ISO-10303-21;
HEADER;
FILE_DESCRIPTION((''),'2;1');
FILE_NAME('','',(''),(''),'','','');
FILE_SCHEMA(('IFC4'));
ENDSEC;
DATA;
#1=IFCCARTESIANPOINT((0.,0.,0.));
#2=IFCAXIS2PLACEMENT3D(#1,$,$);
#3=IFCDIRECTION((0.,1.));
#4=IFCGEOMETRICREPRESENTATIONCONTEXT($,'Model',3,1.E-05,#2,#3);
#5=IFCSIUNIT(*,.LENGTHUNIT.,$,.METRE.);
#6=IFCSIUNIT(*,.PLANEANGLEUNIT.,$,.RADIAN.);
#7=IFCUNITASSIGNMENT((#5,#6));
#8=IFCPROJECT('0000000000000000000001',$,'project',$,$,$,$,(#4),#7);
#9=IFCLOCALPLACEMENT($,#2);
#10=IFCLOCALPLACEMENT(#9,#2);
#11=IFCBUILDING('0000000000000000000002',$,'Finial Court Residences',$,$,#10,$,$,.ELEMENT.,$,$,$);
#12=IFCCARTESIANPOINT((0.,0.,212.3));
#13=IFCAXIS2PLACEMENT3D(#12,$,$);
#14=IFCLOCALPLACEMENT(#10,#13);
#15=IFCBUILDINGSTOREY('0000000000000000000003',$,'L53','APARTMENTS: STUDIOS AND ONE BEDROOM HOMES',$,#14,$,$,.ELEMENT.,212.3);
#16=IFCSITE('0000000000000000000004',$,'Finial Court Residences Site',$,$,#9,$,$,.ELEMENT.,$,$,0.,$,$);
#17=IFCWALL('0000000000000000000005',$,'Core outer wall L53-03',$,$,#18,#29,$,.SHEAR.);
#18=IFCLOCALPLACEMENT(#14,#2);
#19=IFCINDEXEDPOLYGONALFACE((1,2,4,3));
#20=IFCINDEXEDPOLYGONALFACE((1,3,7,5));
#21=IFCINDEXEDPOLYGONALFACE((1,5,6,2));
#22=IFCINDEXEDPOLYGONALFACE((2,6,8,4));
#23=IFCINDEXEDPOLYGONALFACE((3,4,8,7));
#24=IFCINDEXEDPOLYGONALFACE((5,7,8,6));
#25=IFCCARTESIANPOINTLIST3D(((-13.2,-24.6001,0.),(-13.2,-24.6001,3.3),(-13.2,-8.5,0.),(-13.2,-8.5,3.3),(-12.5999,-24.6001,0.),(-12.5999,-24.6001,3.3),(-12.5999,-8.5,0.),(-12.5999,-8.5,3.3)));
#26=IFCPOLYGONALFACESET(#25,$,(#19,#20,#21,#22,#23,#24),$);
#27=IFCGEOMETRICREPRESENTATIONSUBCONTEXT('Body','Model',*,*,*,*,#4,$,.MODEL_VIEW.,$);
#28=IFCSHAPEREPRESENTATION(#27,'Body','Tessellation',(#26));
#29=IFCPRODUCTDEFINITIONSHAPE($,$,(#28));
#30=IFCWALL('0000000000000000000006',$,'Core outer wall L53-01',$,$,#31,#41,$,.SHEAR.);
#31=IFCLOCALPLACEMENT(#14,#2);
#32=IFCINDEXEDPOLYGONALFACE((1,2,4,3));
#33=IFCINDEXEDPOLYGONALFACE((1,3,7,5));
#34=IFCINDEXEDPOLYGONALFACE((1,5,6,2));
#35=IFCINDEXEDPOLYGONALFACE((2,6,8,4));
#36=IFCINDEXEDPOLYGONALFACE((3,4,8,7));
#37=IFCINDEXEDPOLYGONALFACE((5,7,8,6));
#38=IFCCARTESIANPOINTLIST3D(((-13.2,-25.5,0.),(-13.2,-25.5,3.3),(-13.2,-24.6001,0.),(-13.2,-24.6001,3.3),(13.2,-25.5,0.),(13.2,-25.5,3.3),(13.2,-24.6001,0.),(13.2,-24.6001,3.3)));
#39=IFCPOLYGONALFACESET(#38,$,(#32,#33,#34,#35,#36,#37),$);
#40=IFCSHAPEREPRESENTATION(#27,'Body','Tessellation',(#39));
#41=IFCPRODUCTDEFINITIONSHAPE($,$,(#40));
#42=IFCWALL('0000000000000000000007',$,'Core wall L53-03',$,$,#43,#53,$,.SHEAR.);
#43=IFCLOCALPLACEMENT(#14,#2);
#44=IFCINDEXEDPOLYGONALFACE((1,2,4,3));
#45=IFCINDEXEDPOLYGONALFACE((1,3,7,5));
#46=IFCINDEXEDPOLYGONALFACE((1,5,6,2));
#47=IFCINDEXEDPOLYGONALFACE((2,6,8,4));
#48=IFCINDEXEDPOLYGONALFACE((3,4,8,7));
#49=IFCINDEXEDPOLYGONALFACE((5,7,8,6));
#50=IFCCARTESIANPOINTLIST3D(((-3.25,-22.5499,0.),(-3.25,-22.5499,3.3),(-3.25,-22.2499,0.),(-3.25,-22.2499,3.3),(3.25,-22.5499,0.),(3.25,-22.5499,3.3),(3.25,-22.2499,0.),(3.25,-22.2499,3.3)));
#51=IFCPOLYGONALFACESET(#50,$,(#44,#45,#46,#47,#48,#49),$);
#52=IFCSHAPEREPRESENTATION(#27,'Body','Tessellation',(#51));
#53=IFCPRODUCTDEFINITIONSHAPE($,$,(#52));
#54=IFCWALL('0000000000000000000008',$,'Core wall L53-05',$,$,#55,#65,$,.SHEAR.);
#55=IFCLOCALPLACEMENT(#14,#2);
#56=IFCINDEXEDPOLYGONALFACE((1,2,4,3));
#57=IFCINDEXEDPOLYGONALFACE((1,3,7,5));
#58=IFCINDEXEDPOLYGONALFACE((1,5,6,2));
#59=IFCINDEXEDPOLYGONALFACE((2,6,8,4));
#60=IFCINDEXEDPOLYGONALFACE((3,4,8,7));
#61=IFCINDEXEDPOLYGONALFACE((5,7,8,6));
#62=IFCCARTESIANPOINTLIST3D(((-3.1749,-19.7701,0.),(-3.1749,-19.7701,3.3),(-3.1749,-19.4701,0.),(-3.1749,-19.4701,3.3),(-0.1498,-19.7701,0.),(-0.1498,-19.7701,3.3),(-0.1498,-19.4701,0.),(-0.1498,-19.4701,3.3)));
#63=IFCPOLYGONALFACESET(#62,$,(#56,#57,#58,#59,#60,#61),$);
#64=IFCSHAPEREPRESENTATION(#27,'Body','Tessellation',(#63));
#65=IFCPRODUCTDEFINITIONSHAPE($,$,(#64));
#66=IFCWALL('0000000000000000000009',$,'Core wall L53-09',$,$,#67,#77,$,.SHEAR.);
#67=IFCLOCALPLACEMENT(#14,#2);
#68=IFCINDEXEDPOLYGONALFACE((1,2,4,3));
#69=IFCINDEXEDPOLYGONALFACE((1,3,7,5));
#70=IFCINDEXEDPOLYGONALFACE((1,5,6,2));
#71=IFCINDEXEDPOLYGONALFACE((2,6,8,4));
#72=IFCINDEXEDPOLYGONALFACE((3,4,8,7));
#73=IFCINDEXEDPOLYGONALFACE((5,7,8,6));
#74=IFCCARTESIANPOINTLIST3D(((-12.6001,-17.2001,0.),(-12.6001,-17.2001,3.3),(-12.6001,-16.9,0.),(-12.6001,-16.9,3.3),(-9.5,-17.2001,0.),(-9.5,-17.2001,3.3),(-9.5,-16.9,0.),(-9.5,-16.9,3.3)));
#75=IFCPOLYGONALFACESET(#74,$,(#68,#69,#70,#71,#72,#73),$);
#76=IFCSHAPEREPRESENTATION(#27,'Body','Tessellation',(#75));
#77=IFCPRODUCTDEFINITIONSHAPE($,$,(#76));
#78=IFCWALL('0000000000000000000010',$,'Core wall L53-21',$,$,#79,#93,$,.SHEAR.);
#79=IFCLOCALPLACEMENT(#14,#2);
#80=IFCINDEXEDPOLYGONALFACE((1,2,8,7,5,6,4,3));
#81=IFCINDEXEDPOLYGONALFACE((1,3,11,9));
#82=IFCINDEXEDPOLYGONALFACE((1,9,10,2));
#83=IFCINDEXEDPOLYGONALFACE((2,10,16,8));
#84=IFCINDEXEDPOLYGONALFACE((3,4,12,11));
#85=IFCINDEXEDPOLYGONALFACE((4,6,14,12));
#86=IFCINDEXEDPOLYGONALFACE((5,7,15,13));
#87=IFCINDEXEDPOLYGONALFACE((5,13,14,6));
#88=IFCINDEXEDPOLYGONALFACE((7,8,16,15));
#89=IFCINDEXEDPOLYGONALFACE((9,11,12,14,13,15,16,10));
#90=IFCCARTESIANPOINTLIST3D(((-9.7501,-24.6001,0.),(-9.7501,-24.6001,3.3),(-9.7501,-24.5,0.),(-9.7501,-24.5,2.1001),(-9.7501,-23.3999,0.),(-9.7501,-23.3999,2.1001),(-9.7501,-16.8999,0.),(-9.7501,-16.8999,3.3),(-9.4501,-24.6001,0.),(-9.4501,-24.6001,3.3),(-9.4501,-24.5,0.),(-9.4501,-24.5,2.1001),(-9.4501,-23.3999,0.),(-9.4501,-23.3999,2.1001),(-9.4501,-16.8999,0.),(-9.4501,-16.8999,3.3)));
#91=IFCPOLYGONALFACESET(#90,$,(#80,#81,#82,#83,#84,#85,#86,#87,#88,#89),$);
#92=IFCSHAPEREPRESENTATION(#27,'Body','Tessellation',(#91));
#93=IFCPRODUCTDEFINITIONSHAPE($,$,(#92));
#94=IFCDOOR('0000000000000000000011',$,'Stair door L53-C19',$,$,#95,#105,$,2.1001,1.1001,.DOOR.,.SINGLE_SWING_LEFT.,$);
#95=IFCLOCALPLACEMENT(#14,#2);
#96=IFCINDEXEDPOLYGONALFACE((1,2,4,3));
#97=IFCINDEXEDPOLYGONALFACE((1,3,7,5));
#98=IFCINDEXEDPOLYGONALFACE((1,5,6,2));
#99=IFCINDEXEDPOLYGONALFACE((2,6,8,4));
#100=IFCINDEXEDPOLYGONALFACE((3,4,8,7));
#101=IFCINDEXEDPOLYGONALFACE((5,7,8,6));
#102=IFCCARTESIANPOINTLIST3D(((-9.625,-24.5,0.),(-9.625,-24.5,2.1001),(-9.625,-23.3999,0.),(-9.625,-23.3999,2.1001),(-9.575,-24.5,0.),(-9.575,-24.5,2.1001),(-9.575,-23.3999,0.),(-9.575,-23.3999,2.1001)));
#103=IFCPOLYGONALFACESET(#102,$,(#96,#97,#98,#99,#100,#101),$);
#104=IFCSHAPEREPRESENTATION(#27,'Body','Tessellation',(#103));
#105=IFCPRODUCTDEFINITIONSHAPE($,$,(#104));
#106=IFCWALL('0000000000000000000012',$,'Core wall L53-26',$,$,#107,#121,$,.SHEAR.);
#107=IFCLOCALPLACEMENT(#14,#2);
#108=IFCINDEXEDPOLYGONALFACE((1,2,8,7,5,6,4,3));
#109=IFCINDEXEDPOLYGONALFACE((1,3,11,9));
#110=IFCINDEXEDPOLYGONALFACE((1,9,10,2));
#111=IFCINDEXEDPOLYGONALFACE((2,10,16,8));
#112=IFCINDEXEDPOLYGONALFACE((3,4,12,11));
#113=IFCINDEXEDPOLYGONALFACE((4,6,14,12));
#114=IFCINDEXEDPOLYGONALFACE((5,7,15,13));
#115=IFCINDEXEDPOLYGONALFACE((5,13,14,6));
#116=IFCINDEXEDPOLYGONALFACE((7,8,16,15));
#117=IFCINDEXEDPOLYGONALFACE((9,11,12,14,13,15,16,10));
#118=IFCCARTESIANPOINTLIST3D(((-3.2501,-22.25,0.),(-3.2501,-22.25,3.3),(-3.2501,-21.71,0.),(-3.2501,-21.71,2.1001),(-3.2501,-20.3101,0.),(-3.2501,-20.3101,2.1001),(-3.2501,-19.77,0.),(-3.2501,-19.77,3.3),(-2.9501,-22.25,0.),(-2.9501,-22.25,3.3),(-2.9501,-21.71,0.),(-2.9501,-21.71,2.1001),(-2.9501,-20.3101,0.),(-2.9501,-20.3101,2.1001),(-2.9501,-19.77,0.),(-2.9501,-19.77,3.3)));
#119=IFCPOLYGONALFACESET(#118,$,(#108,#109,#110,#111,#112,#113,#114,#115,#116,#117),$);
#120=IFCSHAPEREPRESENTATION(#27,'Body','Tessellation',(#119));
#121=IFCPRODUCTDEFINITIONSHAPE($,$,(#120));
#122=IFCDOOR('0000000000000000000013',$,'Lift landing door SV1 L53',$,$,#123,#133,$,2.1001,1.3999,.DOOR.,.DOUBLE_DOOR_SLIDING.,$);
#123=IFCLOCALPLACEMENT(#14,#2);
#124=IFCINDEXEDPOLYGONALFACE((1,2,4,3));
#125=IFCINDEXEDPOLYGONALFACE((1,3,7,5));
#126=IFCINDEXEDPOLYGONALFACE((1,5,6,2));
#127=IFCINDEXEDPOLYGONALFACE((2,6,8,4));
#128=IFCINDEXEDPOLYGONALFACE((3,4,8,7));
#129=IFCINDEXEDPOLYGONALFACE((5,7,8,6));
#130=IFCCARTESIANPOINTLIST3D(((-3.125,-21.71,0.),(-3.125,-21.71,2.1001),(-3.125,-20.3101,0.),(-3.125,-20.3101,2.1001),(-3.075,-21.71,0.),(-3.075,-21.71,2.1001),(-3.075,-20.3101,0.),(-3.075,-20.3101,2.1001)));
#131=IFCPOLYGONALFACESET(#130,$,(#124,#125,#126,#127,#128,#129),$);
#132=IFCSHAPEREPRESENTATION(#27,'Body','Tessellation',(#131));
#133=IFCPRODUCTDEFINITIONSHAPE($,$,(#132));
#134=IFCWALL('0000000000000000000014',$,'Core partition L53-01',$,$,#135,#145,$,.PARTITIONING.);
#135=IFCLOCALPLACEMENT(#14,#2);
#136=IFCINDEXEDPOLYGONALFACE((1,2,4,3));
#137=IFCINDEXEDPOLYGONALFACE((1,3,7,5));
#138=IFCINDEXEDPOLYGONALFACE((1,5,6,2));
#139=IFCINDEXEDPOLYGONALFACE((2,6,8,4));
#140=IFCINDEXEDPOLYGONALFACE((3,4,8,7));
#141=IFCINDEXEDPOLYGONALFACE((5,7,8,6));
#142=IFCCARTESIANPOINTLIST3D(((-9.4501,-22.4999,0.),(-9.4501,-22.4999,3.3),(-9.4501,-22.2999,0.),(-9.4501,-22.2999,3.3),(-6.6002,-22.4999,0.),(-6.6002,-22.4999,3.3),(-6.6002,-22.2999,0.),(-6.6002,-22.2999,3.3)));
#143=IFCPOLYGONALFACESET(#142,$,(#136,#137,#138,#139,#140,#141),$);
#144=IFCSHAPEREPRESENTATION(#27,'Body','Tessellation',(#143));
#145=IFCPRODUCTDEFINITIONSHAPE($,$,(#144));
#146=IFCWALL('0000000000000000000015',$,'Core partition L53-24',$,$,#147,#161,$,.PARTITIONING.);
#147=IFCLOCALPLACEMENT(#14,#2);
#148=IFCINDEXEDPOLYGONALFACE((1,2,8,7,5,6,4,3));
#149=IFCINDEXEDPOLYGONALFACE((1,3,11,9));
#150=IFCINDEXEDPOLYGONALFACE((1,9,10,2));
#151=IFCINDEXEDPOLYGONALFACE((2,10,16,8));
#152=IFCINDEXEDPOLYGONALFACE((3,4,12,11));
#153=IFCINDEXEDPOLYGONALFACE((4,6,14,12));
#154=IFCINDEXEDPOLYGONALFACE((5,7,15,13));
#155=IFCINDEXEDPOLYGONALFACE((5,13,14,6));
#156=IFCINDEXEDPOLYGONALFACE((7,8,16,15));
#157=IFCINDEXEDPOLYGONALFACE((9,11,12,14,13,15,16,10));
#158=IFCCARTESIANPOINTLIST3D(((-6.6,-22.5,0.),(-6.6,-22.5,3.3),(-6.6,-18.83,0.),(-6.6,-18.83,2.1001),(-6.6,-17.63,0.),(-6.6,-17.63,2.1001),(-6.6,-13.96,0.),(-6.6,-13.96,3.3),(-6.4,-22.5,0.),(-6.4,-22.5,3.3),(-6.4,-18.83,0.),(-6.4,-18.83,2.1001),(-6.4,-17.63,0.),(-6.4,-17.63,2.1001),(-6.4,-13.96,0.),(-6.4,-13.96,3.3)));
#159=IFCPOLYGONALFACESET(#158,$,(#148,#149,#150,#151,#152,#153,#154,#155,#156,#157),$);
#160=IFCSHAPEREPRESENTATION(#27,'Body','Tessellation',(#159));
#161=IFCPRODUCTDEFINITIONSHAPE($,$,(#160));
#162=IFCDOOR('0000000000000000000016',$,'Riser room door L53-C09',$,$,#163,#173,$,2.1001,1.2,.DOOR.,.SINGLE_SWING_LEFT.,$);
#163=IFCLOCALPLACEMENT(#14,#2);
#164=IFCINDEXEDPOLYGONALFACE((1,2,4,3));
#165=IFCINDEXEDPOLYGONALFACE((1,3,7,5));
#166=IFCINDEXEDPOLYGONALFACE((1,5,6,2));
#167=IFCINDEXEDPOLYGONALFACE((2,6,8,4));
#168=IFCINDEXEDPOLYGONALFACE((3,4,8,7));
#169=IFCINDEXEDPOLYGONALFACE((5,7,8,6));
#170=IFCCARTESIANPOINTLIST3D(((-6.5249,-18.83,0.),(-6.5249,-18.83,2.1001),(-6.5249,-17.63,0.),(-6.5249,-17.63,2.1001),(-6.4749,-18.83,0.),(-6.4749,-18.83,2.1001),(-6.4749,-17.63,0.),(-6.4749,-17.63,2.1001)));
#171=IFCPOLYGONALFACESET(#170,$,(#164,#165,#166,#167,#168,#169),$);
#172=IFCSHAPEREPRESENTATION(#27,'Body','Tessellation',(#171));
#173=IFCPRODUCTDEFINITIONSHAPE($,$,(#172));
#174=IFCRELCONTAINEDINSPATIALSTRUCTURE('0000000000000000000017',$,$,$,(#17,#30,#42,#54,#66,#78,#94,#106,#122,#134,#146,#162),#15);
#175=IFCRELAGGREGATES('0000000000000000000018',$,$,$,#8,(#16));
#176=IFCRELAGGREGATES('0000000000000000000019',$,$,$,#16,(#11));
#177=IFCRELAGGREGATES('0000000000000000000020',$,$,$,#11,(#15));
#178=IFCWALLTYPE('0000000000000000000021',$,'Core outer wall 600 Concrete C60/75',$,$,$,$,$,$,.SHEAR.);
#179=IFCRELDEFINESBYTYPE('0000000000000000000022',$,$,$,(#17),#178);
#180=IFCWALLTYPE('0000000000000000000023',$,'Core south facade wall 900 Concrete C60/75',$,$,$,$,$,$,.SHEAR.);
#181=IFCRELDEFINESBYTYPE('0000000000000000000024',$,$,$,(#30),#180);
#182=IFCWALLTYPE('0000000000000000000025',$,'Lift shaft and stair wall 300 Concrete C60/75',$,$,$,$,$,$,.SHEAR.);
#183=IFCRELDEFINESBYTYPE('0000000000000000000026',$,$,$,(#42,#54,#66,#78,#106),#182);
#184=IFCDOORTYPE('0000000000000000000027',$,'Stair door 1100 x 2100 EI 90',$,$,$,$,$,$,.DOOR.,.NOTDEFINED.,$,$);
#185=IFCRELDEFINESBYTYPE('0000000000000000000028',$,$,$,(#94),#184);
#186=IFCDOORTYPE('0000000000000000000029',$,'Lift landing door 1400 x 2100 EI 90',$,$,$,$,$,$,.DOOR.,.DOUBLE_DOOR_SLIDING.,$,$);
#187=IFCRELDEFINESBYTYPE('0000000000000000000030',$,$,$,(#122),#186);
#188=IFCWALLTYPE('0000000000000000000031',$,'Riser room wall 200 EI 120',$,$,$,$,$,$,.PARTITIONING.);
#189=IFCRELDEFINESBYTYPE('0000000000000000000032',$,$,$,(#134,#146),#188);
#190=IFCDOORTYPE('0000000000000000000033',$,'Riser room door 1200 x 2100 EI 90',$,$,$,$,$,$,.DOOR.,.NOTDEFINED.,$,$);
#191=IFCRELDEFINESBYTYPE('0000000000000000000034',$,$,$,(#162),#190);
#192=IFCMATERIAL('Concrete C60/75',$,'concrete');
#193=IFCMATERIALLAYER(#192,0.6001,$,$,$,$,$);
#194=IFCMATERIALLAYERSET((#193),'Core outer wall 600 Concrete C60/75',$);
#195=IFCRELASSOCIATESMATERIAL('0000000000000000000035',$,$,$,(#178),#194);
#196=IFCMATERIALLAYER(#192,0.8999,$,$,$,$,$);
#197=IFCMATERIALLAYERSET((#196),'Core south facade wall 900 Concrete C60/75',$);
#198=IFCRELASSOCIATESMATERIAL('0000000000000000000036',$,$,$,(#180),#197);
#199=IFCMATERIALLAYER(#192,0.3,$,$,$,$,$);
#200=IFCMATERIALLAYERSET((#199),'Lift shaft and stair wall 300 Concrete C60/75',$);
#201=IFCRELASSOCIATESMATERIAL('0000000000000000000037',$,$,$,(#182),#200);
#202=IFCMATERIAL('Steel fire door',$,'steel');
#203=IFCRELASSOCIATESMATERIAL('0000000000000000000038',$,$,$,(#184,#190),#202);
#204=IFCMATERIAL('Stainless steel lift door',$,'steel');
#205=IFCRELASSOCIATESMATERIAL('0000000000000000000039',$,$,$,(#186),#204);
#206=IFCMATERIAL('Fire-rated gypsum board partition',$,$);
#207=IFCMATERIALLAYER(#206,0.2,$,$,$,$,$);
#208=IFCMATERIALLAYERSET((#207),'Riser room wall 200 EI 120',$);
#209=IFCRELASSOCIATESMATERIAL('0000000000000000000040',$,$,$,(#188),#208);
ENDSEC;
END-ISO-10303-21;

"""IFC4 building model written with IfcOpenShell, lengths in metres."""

from ifc_helpers import new_model, si_unit, direction, frame, frame_2d, origin, place, context, subcontext, project, spatial, rectangle, extrude, material, layer, layer_set, type_object, element, fill, save


model = new_model("IFC4")

# Units and contexts
model_context = context("Model", 3, precision=1e-05, world=origin(), true_north=direction((0.0, 1.0)))
body_context = subcontext(model_context, "Body", "Model", "MODEL_VIEW")
ifc_project = project(units=[si_unit("LENGTHUNIT", "METRE"), si_unit("PLANEANGLEUNIT", "RADIAN")], contexts=[model_context])

# Site, building, storey
site_placement = place(None, origin())
site = spatial("IfcSite", under=ifc_project, at=site_placement, Name="Finial Court Residences Site", CompositionType="ELEMENT", RefElevation=0.0)
building_placement = place(site_placement, origin())
building = spatial("IfcBuilding", under=site, at=building_placement, Name="Finial Court Residences", CompositionType="ELEMENT")
storey_placement = place(building_placement, frame((0.0, 0.0, 212.3)))
storey = spatial("IfcBuildingStorey", under=building, at=storey_placement, Name="L53", Description="APARTMENTS: STUDIOS AND ONE BEDROOM HOMES", CompositionType="ELEMENT", Elevation=212.3)

# Walls
ifc_material_1 = material(Name="Concrete C60/75", Category="concrete")
ifc_layer_1 = layer(ifc_material_1, 0.6001)
ifc_layer_set_1 = layer_set([ifc_layer_1], Name="Core outer wall 600 Concrete C60/75")
wall_type_1 = type_object("IfcWallType", Name="Core outer wall 600 Concrete C60/75", PredefinedType="SHEAR", material=ifc_layer_set_1)
wall_1_placement = place(storey_placement, frame((-12.8999, -24.6001, 0.0), z_axis=(0.0, 0.0, 1.0), x_axis=(0.0, 1.0, 0.0)))
element("IfcWall", 1, at=wall_1_placement, inside=storey, type_object=wall_type_1, Name="Core outer wall L53-03", PredefinedType="SHEAR", context=body_context, shape_type="SweptSolid", body=[
    extrude(rectangle(XDim=16.1001, YDim=0.6001, at=frame_2d((8.05, 0.0))), origin(), (0.0, 0.0, 1.0), 3.3),
])
ifc_layer_2 = layer(ifc_material_1, 0.8999)
ifc_layer_set_2 = layer_set([ifc_layer_2], Name="Core south facade wall 900 Concrete C60/75")
wall_type_2 = type_object("IfcWallType", Name="Core south facade wall 900 Concrete C60/75", PredefinedType="SHEAR", material=ifc_layer_set_2)
wall_2_placement = place(storey_placement, frame((-13.2, -25.05, 0.0), z_axis=(0.0, 0.0, 1.0), x_axis=(1.0, 0.0, 0.0)))
element("IfcWall", 2, at=wall_2_placement, inside=storey, type_object=wall_type_2, Name="Core outer wall L53-01", PredefinedType="SHEAR", context=body_context, shape_type="SweptSolid", body=[
    extrude(rectangle(XDim=26.3999, YDim=0.8999, at=frame_2d((13.2, 0.0))), origin(), (0.0, 0.0, 1.0), 3.3),
])
ifc_layer_3 = layer(ifc_material_1, 0.3)
ifc_layer_set_3 = layer_set([ifc_layer_3], Name="Lift shaft and stair wall 300 Concrete C60/75")
wall_type_3 = type_object("IfcWallType", Name="Lift shaft and stair wall 300 Concrete C60/75", PredefinedType="SHEAR", material=ifc_layer_set_3)
wall_3_placement = place(storey_placement, frame((-3.25, -22.3999, 0.0), z_axis=(0.0, 0.0, 1.0), x_axis=(1.0, 0.0, 0.0)))
element("IfcWall", 3, at=wall_3_placement, inside=storey, type_object=wall_type_3, Name="Core wall L53-03", PredefinedType="SHEAR", context=body_context, shape_type="SweptSolid", body=[
    extrude(rectangle(XDim=6.5, YDim=0.3, at=frame_2d((3.25, 0.0))), origin(), (0.0, 0.0, 1.0), 3.3),
])
wall_4_placement = place(storey_placement, frame((-3.175, -19.6201, 0.0), z_axis=(0.0, 0.0, 1.0), x_axis=(1.0, 0.0, 0.0)))
element("IfcWall", 4, at=wall_4_placement, inside=storey, type_object=wall_type_3, Name="Core wall L53-05", PredefinedType="SHEAR", context=body_context, shape_type="SweptSolid", body=[
    extrude(rectangle(XDim=3.0251, YDim=0.3, at=frame_2d((1.5127, 0.0))), origin(), (0.0, 0.0, 1.0), 3.3),
])
wall_5_placement = place(storey_placement, frame((-12.6001, -17.05, 0.0), z_axis=(0.0, 0.0, 1.0), x_axis=(1.0, 0.0, 0.0)))
element("IfcWall", 5, at=wall_5_placement, inside=storey, type_object=wall_type_3, Name="Core wall L53-09", PredefinedType="SHEAR", context=body_context, shape_type="SweptSolid", body=[
    extrude(rectangle(XDim=3.1001, YDim=0.3, at=frame_2d((1.55, 0.0))), origin(), (0.0, 0.0, 1.0), 3.3),
])

# Walls, openings, doors
wall_6_placement = place(storey_placement, frame((-9.6001, -24.6001, 0.0), z_axis=(0.0, 0.0, 1.0), x_axis=(0.0, 1.0, 0.0)))
wall_6 = element("IfcWall", 6, at=wall_6_placement, inside=storey, type_object=wall_type_3, Name="Core wall L53-21", PredefinedType="SHEAR", context=body_context, shape_type="SweptSolid", body=[
    extrude(rectangle(XDim=7.7002, YDim=0.3, at=frame_2d((3.8501, 0.0))), origin(), (0.0, 0.0, 1.0), 3.3),
])
opening_1_placement = place(wall_6_placement, frame((0.1001, 0.0, 0.0)))
opening_1 = element("IfcOpeningElement", 7, at=opening_1_placement, cuts=wall_6, PredefinedType="OPENING", context=body_context, shape_type="SweptSolid", body=[
    extrude(rectangle(XDim=1.1001, YDim=2.1001, at=frame_2d((0.55, 1.05))), frame((0.0, 0.1599, 0.0), z_axis=(0.0, -1.0, 0.0), x_axis=(1.0, 0.0, 0.0)), (0.0, 0.0, 1.0), 0.3201),
])
ifc_material_2 = material(Name="Steel fire door", Category="steel")
door_type_1 = type_object("IfcDoorType", Name="Stair door 1100 x 2100 EI 90", OperationType="NOTDEFINED", PredefinedType="DOOR", material=ifc_material_2)
door_1_placement = place(opening_1_placement, origin())
door_1 = element("IfcDoor", 8, at=door_1_placement, inside=storey, type_object=door_type_1, Name="Stair door L53-C19", OperationType="SINGLE_SWING_LEFT", OverallHeight=2.1001, OverallWidth=1.1001, PredefinedType="DOOR", context=body_context, shape_type="SweptSolid", body=[
    extrude(rectangle(XDim=1.1001, YDim=2.1001, at=frame_2d((0.55, 1.05))), frame((0.0, 0.0249, 0.0), z_axis=(0.0, -1.0, 0.0), x_axis=(1.0, 0.0, 0.0)), (0.0, 0.0, 1.0), 0.05),
])
fill(opening_1, door_1)
wall_7_placement = place(storey_placement, frame((-3.1001, -22.25, 0.0), z_axis=(0.0, 0.0, 1.0), x_axis=(0.0, 1.0, 0.0)))
wall_7 = element("IfcWall", 9, at=wall_7_placement, inside=storey, type_object=wall_type_3, Name="Core wall L53-26", PredefinedType="SHEAR", context=body_context, shape_type="SweptSolid", body=[
    extrude(rectangle(XDim=2.48, YDim=0.3, at=frame_2d((1.24, 0.0))), origin(), (0.0, 0.0, 1.0), 3.3),
])
opening_2_placement = place(wall_7_placement, frame((0.54, 0.0, 0.0)))
opening_2 = element("IfcOpeningElement", 10, at=opening_2_placement, cuts=wall_7, PredefinedType="OPENING", context=body_context, shape_type="SweptSolid", body=[
    extrude(rectangle(XDim=1.3999, YDim=2.1001, at=frame_2d((0.7, 1.05))), frame((0.0, 0.1599, 0.0), z_axis=(0.0, -1.0, 0.0), x_axis=(1.0, 0.0, 0.0)), (0.0, 0.0, 1.0), 0.3201),
])
ifc_material_3 = material(Name="Stainless steel lift door", Category="steel")
door_type_2 = type_object("IfcDoorType", Name="Lift landing door 1400 x 2100 EI 90", OperationType="DOUBLE_DOOR_SLIDING", PredefinedType="DOOR", material=ifc_material_3)
door_2_placement = place(opening_2_placement, origin())
door_2 = element("IfcDoor", 11, at=door_2_placement, inside=storey, type_object=door_type_2, Name="Lift landing door SV1 L53", OperationType="DOUBLE_DOOR_SLIDING", OverallHeight=2.1001, OverallWidth=1.3999, PredefinedType="DOOR", context=body_context, shape_type="SweptSolid", body=[
    extrude(rectangle(XDim=1.3999, YDim=2.1001, at=frame_2d((0.7, 1.05))), frame((0.0, 0.0249, 0.0), z_axis=(0.0, -1.0, 0.0), x_axis=(1.0, 0.0, 0.0)), (0.0, 0.0, 1.0), 0.05),
])
fill(opening_2, door_2)

# Wall
ifc_material_4 = material(Name="Fire-rated gypsum board partition")
ifc_layer_4 = layer(ifc_material_4, 0.2)
ifc_layer_set_4 = layer_set([ifc_layer_4], Name="Riser room wall 200 EI 120")
wall_type_4 = type_object("IfcWallType", Name="Riser room wall 200 EI 120", PredefinedType="PARTITIONING", material=ifc_layer_set_4)
wall_8_placement = place(storey_placement, frame((-9.45, -22.3999, 0.0), z_axis=(0.0, 0.0, 1.0), x_axis=(1.0, 0.0, 0.0)))
element("IfcWall", 12, at=wall_8_placement, inside=storey, type_object=wall_type_4, Name="Core partition L53-01", PredefinedType="PARTITIONING", context=body_context, shape_type="SweptSolid", body=[
    extrude(rectangle(XDim=2.8499, YDim=0.2, at=frame_2d((1.4248, 0.0))), origin(), (0.0, 0.0, 1.0), 3.3),
])

# Wall, opening, door
wall_9_placement = place(storey_placement, frame((-6.5, -22.5, 0.0), z_axis=(0.0, 0.0, 1.0), x_axis=(0.0, 1.0, 0.0)))
wall_9 = element("IfcWall", 13, at=wall_9_placement, inside=storey, type_object=wall_type_4, Name="Core partition L53-24", PredefinedType="PARTITIONING", context=body_context, shape_type="SweptSolid", body=[
    extrude(rectangle(XDim=8.54, YDim=0.2, at=frame_2d((4.27, 0.0))), origin(), (0.0, 0.0, 1.0), 3.3),
])
opening_3_placement = place(wall_9_placement, frame((3.6699, 0.0, 0.0)))
opening_3 = element("IfcOpeningElement", 14, at=opening_3_placement, cuts=wall_9, PredefinedType="OPENING", context=body_context, shape_type="SweptSolid", body=[
    extrude(rectangle(XDim=1.2, YDim=2.1001, at=frame_2d((0.6001, 1.05))), frame((0.0, 0.1099, 0.0), z_axis=(0.0, -1.0, 0.0), x_axis=(1.0, 0.0, 0.0)), (0.0, 0.0, 1.0), 0.22),
])
door_type_3 = type_object("IfcDoorType", Name="Riser room door 1200 x 2100 EI 90", OperationType="NOTDEFINED", PredefinedType="DOOR", material=ifc_material_2)
door_3_placement = place(opening_3_placement, origin())
door_3 = element("IfcDoor", 15, at=door_3_placement, inside=storey, type_object=door_type_3, Name="Riser room door L53-C09", OperationType="SINGLE_SWING_LEFT", OverallHeight=2.1001, OverallWidth=1.2, PredefinedType="DOOR", context=body_context, shape_type="SweptSolid", body=[
    extrude(rectangle(XDim=1.2, YDim=2.1001, at=frame_2d((0.6001, 1.05))), frame((0.0, 0.0249, 0.0), z_axis=(0.0, -1.0, 0.0), x_axis=(1.0, 0.0, 0.0)), (0.0, 0.0, 1.0), 0.05),
])
fill(opening_3, door_3)

save(model, "model.ifc")
